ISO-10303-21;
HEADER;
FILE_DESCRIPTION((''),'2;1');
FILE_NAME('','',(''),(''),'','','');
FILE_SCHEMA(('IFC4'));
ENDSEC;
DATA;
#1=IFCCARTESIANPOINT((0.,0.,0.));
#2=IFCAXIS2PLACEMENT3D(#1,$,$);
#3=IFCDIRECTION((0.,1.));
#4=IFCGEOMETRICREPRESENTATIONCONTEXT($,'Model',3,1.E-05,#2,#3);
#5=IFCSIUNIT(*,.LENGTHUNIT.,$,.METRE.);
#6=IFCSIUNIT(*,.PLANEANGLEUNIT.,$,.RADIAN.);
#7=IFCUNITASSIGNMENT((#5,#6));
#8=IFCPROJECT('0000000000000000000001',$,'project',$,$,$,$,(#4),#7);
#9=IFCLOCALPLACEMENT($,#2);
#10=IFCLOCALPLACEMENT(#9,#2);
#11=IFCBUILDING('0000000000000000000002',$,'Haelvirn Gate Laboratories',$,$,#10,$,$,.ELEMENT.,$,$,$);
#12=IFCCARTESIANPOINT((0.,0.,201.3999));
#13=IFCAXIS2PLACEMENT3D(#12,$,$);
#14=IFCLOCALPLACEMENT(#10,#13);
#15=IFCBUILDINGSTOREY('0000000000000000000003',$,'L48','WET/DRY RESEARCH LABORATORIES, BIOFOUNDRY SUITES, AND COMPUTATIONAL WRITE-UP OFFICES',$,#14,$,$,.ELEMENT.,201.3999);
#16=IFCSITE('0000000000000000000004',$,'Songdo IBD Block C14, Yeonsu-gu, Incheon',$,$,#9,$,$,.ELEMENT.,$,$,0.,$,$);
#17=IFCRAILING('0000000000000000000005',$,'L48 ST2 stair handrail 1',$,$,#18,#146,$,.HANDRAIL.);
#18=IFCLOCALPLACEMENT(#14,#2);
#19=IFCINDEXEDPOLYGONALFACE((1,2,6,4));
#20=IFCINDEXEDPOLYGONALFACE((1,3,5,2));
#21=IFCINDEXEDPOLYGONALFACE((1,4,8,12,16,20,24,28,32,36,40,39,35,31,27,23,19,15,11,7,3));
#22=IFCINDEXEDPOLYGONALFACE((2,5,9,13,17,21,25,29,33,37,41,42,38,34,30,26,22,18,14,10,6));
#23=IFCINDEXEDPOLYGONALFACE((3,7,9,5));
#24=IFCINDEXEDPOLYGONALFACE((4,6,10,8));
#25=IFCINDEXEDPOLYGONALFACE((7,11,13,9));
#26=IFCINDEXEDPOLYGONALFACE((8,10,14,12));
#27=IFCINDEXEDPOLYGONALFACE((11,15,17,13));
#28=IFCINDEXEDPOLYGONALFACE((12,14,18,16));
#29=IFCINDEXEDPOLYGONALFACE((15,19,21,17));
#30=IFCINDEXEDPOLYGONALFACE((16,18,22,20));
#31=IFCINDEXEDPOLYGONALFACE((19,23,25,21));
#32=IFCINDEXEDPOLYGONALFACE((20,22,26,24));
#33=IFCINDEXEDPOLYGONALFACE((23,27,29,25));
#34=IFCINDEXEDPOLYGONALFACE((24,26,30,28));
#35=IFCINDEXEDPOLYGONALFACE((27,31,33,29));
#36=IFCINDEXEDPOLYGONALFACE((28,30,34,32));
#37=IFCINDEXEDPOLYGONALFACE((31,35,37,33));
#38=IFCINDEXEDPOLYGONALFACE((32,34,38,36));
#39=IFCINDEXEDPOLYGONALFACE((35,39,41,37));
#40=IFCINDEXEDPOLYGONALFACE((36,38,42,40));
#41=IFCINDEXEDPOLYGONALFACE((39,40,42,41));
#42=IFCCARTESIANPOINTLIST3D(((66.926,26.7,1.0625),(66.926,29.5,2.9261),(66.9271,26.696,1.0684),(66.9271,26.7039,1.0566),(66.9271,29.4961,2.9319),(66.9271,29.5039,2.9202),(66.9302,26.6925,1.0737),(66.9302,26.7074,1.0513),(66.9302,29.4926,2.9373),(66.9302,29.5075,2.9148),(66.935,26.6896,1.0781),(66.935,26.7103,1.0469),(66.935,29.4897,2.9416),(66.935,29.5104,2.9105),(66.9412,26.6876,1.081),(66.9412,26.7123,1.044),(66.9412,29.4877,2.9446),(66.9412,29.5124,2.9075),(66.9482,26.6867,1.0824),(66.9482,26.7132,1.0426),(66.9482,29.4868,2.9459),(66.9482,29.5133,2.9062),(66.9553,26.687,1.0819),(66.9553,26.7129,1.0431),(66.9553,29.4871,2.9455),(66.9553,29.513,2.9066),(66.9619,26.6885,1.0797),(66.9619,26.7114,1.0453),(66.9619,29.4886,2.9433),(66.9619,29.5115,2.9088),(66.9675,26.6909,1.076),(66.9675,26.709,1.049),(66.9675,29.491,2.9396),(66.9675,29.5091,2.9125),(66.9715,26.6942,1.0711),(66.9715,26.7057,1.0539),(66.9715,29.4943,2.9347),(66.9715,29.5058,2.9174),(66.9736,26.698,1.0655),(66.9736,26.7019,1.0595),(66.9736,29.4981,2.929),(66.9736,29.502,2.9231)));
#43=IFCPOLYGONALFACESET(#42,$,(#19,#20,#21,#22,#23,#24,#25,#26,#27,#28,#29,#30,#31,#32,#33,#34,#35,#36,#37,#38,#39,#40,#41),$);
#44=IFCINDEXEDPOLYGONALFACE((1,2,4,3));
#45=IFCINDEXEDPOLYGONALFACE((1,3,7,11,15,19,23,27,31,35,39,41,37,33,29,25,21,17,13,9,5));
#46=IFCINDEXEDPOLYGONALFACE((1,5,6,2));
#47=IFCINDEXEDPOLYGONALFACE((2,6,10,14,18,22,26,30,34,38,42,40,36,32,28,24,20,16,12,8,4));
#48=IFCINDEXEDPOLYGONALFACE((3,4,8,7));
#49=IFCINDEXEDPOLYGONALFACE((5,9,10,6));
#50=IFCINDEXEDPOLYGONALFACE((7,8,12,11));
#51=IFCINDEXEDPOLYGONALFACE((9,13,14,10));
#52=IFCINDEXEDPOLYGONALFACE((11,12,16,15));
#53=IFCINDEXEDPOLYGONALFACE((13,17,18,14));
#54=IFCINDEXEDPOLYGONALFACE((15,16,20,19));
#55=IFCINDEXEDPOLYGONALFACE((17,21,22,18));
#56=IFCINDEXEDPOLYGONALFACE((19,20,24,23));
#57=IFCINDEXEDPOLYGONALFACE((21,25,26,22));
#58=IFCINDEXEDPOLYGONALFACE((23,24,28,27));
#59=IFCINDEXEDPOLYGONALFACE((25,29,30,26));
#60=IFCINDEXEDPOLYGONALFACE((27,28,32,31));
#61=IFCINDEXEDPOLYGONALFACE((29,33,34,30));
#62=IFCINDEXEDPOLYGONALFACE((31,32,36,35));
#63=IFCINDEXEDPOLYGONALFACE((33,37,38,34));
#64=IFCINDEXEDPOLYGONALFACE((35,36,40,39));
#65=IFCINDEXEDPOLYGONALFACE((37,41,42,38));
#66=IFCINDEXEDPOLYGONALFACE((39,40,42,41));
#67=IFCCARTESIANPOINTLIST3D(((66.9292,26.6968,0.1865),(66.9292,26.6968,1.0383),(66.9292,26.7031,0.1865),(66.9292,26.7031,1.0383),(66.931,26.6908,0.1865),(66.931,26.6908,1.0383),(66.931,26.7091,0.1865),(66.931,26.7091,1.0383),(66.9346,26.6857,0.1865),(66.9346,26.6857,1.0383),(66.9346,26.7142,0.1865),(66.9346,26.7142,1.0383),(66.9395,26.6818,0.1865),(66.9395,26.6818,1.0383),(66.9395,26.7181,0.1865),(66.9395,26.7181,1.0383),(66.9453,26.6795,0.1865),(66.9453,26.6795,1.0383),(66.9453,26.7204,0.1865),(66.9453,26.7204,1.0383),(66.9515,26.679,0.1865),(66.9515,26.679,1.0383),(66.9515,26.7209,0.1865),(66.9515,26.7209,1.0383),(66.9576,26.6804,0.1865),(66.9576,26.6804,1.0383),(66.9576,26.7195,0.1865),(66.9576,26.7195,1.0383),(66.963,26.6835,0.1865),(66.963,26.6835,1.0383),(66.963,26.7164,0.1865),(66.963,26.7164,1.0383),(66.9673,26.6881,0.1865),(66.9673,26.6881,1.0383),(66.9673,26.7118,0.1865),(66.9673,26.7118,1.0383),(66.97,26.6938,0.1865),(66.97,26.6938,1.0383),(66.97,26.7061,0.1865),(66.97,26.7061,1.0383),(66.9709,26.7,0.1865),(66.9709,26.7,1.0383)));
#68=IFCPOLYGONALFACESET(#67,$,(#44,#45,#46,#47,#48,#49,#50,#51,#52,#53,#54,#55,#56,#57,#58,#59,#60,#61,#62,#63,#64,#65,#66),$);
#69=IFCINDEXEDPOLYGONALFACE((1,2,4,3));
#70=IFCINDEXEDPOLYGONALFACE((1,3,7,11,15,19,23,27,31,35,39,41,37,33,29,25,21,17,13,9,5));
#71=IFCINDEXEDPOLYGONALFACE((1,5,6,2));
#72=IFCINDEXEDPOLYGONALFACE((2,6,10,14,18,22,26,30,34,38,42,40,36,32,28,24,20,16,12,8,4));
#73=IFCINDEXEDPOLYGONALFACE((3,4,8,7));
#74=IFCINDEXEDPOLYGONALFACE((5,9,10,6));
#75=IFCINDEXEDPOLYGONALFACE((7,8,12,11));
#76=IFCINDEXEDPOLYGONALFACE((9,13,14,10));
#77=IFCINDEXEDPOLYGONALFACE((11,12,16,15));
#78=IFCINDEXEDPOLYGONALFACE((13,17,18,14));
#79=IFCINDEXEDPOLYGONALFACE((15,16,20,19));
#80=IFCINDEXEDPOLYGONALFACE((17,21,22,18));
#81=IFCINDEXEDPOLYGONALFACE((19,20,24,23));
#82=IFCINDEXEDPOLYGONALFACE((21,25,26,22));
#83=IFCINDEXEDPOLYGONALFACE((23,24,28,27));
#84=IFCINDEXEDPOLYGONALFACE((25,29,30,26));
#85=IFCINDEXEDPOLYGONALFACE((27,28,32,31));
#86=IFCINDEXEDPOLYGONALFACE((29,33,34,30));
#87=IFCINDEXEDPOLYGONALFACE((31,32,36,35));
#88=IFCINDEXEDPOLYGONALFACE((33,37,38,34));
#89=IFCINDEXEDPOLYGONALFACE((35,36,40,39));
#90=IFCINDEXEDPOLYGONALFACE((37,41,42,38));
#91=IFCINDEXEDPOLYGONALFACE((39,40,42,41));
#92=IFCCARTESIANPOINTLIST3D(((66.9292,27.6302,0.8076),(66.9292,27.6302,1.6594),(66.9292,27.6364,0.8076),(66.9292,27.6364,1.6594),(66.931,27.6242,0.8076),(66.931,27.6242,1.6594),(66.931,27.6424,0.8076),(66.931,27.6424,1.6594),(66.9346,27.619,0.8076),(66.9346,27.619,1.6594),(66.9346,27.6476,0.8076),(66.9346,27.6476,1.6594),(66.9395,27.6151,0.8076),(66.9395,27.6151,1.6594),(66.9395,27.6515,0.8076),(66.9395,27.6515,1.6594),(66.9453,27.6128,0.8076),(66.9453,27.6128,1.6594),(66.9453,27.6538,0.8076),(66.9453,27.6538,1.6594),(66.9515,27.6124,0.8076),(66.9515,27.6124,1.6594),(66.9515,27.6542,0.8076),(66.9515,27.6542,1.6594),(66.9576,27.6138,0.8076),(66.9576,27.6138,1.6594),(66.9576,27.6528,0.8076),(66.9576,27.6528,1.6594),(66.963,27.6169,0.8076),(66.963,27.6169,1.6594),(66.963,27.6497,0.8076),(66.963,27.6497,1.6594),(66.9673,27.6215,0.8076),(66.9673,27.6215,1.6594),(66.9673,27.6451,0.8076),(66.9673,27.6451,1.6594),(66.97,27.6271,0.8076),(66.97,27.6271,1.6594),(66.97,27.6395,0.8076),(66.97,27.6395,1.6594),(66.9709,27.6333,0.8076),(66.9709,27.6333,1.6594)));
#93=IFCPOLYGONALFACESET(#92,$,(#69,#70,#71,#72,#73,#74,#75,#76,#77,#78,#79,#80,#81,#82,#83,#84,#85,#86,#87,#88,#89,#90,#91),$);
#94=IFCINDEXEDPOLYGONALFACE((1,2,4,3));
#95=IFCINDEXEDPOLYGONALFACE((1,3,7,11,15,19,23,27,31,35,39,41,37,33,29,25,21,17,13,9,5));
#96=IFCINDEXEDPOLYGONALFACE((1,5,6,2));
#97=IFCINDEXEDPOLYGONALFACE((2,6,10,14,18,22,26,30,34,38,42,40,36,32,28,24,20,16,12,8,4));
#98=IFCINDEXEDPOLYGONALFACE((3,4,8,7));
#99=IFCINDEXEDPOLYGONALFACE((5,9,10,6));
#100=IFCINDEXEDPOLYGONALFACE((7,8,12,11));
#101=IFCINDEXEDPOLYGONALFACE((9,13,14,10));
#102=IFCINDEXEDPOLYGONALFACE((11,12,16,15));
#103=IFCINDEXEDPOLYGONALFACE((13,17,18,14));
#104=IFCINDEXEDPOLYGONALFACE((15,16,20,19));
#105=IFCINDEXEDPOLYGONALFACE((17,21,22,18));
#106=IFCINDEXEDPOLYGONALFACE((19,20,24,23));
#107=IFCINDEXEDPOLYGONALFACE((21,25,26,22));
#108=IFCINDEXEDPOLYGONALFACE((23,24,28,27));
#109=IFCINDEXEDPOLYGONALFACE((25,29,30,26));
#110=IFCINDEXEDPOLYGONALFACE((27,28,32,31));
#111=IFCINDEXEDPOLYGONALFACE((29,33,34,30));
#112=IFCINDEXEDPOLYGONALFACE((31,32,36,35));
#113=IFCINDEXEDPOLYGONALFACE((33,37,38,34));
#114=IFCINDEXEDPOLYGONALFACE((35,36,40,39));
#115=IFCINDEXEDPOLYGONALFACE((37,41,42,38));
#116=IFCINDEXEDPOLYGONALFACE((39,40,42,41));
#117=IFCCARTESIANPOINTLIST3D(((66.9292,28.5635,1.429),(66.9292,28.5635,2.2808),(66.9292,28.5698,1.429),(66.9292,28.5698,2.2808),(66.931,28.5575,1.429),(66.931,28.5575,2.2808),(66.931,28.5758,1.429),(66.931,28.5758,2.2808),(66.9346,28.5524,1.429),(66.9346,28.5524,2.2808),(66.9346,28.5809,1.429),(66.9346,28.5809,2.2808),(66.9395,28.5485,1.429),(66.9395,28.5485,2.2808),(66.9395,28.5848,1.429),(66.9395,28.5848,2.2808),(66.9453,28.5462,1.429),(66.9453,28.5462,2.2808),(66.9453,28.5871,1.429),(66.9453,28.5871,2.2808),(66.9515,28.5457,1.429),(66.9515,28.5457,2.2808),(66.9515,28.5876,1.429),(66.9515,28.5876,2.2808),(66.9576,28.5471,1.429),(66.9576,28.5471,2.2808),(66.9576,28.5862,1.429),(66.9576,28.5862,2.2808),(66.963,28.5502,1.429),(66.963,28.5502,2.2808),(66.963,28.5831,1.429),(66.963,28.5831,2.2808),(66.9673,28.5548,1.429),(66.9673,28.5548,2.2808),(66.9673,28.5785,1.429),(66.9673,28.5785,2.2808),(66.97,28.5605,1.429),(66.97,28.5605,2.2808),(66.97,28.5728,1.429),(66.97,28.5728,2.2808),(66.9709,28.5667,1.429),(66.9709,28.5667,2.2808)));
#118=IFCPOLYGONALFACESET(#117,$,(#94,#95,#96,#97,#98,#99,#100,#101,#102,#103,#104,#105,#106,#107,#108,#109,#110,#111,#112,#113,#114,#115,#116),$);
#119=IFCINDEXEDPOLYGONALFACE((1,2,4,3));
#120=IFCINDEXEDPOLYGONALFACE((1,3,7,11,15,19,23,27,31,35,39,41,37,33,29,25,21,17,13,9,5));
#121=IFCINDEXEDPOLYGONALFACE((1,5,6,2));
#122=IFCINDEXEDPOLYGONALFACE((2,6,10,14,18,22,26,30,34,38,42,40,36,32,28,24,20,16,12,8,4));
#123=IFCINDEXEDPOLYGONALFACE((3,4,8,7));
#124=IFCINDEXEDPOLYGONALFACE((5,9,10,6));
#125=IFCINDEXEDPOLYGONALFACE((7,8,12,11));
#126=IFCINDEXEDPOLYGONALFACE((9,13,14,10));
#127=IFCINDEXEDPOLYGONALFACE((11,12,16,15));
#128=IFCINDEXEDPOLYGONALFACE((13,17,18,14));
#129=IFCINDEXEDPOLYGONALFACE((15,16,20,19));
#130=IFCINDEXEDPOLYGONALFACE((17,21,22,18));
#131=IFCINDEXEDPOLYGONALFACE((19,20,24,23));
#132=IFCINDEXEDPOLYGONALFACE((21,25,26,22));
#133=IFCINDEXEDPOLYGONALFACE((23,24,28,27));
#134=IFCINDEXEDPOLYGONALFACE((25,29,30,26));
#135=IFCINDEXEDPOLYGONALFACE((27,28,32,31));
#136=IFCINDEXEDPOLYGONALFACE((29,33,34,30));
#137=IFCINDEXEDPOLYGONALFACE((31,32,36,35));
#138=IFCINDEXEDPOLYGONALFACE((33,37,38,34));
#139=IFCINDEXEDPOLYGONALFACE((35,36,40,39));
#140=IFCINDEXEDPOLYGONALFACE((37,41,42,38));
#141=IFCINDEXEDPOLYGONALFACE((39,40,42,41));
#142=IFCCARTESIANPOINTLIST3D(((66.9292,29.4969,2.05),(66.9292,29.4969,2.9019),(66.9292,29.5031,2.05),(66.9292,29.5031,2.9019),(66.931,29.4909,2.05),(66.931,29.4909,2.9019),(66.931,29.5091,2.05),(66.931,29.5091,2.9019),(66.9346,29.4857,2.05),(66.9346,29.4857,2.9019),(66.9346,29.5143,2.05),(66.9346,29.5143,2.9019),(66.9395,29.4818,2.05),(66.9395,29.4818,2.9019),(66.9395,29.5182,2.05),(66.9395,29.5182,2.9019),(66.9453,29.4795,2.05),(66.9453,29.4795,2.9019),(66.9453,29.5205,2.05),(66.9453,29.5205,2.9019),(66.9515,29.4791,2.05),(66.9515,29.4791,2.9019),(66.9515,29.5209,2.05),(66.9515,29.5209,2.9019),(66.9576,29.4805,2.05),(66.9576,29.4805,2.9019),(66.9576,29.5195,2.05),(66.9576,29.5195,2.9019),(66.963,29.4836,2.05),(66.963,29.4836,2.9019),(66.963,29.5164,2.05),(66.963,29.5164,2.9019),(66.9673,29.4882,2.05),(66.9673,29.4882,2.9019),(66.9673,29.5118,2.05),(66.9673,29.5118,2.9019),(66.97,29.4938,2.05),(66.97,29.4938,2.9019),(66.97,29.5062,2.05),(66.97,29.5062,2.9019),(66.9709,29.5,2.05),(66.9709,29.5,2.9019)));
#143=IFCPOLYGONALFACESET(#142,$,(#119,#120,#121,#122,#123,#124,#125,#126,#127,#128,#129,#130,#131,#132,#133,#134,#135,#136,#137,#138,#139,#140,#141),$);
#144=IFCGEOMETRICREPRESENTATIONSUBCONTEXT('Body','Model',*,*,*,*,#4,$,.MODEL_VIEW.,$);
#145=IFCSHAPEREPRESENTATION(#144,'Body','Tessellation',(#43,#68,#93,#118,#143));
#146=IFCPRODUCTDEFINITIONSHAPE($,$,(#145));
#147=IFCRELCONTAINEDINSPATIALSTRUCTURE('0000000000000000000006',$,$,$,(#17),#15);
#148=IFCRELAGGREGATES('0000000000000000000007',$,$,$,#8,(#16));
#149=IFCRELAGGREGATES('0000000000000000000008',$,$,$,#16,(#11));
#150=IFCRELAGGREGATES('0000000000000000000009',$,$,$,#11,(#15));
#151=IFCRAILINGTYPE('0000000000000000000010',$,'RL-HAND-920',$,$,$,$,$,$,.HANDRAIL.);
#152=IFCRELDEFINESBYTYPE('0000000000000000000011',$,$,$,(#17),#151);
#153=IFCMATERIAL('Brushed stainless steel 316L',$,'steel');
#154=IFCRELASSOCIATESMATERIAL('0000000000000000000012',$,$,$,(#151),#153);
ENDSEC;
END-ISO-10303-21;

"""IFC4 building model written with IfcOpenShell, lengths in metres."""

from ifc_helpers import new_model, si_unit, direction, frame, origin, origin_2d, place, context, subcontext, project, spatial, circle, extrude, source, transform, mapped, material, type_object, element, save


model = new_model("IFC4")

# Units and contexts
model_context = context("Model", 3, precision=1e-05, world=origin(), true_north=direction((0.0, 1.0)))
body_context = subcontext(model_context, "Body", "Model", "MODEL_VIEW")
ifc_project = project(units=[si_unit("LENGTHUNIT", "METRE"), si_unit("PLANEANGLEUNIT", "RADIAN")], contexts=[model_context])

# Site, building, storey
site_placement = place(None, origin())
site = spatial("IfcSite", under=ifc_project, at=site_placement, Name="Songdo IBD Block C14, Yeonsu-gu, Incheon", CompositionType="ELEMENT", RefElevation=0.0)
building_placement = place(site_placement, origin())
building = spatial("IfcBuilding", under=site, at=building_placement, Name="Haelvirn Gate Laboratories", CompositionType="ELEMENT")
storey_placement = place(building_placement, frame((0.0, 0.0, 201.3999)))
storey = spatial("IfcBuildingStorey", under=building, at=storey_placement, Name="L48", Description="WET/DRY RESEARCH LABORATORIES, BIOFOUNDRY SUITES, AND COMPUTATIONAL WRITE-UP OFFICES", CompositionType="ELEMENT", Elevation=201.3999)

# Railing
ifc_material_1 = material(Name="Brushed stainless steel 316L", Category="steel")
railing_type_1 = type_object("IfcRailingType", Name="RL-HAND-920", PredefinedType="HANDRAIL", material=ifc_material_1)
shared_shape_1 = source(origin(), body_context, "Body", "SweptSolid", [
    extrude(circle(Radius=0.0239, at=origin_2d()), frame((0.0, 0.0, 0.876), z_axis=(0.0, 0.832486, 0.554047), x_axis=(-1.0, 0.0, 0.0)), (0.0, 0.0, 1.0), 3.3635),
    extrude(circle(Radius=0.021, at=origin_2d()), origin(), (0.0, 0.0, 1.0), 0.8518),
    extrude(circle(Radius=0.021, at=origin_2d()), frame((0.0, 0.9333, 0.6211)), (0.0, 0.0, 1.0), 0.8518),
    extrude(circle(Radius=0.021, at=origin_2d()), frame((0.0, 1.8667, 1.2424)), (0.0, 0.0, 1.0), 0.8518),
    extrude(circle(Radius=0.021, at=origin_2d()), frame((0.0, 2.8, 1.8635)), (0.0, 0.0, 1.0), 0.8518),
])
railing_1_placement = place(storey_placement, frame((66.95, 26.7, 0.1865)))
element("IfcRailing", 1, at=railing_1_placement, inside=storey, type_object=railing_type_1, Name="L48 ST2 stair handrail 1", PredefinedType="HANDRAIL", context=body_context, shape_type="MappedRepresentation", body=[
    mapped(shared_shape_1, transform((0.0, 0.0, 0.0), scale=1.0)),
])

save(model, "model.ifc")
